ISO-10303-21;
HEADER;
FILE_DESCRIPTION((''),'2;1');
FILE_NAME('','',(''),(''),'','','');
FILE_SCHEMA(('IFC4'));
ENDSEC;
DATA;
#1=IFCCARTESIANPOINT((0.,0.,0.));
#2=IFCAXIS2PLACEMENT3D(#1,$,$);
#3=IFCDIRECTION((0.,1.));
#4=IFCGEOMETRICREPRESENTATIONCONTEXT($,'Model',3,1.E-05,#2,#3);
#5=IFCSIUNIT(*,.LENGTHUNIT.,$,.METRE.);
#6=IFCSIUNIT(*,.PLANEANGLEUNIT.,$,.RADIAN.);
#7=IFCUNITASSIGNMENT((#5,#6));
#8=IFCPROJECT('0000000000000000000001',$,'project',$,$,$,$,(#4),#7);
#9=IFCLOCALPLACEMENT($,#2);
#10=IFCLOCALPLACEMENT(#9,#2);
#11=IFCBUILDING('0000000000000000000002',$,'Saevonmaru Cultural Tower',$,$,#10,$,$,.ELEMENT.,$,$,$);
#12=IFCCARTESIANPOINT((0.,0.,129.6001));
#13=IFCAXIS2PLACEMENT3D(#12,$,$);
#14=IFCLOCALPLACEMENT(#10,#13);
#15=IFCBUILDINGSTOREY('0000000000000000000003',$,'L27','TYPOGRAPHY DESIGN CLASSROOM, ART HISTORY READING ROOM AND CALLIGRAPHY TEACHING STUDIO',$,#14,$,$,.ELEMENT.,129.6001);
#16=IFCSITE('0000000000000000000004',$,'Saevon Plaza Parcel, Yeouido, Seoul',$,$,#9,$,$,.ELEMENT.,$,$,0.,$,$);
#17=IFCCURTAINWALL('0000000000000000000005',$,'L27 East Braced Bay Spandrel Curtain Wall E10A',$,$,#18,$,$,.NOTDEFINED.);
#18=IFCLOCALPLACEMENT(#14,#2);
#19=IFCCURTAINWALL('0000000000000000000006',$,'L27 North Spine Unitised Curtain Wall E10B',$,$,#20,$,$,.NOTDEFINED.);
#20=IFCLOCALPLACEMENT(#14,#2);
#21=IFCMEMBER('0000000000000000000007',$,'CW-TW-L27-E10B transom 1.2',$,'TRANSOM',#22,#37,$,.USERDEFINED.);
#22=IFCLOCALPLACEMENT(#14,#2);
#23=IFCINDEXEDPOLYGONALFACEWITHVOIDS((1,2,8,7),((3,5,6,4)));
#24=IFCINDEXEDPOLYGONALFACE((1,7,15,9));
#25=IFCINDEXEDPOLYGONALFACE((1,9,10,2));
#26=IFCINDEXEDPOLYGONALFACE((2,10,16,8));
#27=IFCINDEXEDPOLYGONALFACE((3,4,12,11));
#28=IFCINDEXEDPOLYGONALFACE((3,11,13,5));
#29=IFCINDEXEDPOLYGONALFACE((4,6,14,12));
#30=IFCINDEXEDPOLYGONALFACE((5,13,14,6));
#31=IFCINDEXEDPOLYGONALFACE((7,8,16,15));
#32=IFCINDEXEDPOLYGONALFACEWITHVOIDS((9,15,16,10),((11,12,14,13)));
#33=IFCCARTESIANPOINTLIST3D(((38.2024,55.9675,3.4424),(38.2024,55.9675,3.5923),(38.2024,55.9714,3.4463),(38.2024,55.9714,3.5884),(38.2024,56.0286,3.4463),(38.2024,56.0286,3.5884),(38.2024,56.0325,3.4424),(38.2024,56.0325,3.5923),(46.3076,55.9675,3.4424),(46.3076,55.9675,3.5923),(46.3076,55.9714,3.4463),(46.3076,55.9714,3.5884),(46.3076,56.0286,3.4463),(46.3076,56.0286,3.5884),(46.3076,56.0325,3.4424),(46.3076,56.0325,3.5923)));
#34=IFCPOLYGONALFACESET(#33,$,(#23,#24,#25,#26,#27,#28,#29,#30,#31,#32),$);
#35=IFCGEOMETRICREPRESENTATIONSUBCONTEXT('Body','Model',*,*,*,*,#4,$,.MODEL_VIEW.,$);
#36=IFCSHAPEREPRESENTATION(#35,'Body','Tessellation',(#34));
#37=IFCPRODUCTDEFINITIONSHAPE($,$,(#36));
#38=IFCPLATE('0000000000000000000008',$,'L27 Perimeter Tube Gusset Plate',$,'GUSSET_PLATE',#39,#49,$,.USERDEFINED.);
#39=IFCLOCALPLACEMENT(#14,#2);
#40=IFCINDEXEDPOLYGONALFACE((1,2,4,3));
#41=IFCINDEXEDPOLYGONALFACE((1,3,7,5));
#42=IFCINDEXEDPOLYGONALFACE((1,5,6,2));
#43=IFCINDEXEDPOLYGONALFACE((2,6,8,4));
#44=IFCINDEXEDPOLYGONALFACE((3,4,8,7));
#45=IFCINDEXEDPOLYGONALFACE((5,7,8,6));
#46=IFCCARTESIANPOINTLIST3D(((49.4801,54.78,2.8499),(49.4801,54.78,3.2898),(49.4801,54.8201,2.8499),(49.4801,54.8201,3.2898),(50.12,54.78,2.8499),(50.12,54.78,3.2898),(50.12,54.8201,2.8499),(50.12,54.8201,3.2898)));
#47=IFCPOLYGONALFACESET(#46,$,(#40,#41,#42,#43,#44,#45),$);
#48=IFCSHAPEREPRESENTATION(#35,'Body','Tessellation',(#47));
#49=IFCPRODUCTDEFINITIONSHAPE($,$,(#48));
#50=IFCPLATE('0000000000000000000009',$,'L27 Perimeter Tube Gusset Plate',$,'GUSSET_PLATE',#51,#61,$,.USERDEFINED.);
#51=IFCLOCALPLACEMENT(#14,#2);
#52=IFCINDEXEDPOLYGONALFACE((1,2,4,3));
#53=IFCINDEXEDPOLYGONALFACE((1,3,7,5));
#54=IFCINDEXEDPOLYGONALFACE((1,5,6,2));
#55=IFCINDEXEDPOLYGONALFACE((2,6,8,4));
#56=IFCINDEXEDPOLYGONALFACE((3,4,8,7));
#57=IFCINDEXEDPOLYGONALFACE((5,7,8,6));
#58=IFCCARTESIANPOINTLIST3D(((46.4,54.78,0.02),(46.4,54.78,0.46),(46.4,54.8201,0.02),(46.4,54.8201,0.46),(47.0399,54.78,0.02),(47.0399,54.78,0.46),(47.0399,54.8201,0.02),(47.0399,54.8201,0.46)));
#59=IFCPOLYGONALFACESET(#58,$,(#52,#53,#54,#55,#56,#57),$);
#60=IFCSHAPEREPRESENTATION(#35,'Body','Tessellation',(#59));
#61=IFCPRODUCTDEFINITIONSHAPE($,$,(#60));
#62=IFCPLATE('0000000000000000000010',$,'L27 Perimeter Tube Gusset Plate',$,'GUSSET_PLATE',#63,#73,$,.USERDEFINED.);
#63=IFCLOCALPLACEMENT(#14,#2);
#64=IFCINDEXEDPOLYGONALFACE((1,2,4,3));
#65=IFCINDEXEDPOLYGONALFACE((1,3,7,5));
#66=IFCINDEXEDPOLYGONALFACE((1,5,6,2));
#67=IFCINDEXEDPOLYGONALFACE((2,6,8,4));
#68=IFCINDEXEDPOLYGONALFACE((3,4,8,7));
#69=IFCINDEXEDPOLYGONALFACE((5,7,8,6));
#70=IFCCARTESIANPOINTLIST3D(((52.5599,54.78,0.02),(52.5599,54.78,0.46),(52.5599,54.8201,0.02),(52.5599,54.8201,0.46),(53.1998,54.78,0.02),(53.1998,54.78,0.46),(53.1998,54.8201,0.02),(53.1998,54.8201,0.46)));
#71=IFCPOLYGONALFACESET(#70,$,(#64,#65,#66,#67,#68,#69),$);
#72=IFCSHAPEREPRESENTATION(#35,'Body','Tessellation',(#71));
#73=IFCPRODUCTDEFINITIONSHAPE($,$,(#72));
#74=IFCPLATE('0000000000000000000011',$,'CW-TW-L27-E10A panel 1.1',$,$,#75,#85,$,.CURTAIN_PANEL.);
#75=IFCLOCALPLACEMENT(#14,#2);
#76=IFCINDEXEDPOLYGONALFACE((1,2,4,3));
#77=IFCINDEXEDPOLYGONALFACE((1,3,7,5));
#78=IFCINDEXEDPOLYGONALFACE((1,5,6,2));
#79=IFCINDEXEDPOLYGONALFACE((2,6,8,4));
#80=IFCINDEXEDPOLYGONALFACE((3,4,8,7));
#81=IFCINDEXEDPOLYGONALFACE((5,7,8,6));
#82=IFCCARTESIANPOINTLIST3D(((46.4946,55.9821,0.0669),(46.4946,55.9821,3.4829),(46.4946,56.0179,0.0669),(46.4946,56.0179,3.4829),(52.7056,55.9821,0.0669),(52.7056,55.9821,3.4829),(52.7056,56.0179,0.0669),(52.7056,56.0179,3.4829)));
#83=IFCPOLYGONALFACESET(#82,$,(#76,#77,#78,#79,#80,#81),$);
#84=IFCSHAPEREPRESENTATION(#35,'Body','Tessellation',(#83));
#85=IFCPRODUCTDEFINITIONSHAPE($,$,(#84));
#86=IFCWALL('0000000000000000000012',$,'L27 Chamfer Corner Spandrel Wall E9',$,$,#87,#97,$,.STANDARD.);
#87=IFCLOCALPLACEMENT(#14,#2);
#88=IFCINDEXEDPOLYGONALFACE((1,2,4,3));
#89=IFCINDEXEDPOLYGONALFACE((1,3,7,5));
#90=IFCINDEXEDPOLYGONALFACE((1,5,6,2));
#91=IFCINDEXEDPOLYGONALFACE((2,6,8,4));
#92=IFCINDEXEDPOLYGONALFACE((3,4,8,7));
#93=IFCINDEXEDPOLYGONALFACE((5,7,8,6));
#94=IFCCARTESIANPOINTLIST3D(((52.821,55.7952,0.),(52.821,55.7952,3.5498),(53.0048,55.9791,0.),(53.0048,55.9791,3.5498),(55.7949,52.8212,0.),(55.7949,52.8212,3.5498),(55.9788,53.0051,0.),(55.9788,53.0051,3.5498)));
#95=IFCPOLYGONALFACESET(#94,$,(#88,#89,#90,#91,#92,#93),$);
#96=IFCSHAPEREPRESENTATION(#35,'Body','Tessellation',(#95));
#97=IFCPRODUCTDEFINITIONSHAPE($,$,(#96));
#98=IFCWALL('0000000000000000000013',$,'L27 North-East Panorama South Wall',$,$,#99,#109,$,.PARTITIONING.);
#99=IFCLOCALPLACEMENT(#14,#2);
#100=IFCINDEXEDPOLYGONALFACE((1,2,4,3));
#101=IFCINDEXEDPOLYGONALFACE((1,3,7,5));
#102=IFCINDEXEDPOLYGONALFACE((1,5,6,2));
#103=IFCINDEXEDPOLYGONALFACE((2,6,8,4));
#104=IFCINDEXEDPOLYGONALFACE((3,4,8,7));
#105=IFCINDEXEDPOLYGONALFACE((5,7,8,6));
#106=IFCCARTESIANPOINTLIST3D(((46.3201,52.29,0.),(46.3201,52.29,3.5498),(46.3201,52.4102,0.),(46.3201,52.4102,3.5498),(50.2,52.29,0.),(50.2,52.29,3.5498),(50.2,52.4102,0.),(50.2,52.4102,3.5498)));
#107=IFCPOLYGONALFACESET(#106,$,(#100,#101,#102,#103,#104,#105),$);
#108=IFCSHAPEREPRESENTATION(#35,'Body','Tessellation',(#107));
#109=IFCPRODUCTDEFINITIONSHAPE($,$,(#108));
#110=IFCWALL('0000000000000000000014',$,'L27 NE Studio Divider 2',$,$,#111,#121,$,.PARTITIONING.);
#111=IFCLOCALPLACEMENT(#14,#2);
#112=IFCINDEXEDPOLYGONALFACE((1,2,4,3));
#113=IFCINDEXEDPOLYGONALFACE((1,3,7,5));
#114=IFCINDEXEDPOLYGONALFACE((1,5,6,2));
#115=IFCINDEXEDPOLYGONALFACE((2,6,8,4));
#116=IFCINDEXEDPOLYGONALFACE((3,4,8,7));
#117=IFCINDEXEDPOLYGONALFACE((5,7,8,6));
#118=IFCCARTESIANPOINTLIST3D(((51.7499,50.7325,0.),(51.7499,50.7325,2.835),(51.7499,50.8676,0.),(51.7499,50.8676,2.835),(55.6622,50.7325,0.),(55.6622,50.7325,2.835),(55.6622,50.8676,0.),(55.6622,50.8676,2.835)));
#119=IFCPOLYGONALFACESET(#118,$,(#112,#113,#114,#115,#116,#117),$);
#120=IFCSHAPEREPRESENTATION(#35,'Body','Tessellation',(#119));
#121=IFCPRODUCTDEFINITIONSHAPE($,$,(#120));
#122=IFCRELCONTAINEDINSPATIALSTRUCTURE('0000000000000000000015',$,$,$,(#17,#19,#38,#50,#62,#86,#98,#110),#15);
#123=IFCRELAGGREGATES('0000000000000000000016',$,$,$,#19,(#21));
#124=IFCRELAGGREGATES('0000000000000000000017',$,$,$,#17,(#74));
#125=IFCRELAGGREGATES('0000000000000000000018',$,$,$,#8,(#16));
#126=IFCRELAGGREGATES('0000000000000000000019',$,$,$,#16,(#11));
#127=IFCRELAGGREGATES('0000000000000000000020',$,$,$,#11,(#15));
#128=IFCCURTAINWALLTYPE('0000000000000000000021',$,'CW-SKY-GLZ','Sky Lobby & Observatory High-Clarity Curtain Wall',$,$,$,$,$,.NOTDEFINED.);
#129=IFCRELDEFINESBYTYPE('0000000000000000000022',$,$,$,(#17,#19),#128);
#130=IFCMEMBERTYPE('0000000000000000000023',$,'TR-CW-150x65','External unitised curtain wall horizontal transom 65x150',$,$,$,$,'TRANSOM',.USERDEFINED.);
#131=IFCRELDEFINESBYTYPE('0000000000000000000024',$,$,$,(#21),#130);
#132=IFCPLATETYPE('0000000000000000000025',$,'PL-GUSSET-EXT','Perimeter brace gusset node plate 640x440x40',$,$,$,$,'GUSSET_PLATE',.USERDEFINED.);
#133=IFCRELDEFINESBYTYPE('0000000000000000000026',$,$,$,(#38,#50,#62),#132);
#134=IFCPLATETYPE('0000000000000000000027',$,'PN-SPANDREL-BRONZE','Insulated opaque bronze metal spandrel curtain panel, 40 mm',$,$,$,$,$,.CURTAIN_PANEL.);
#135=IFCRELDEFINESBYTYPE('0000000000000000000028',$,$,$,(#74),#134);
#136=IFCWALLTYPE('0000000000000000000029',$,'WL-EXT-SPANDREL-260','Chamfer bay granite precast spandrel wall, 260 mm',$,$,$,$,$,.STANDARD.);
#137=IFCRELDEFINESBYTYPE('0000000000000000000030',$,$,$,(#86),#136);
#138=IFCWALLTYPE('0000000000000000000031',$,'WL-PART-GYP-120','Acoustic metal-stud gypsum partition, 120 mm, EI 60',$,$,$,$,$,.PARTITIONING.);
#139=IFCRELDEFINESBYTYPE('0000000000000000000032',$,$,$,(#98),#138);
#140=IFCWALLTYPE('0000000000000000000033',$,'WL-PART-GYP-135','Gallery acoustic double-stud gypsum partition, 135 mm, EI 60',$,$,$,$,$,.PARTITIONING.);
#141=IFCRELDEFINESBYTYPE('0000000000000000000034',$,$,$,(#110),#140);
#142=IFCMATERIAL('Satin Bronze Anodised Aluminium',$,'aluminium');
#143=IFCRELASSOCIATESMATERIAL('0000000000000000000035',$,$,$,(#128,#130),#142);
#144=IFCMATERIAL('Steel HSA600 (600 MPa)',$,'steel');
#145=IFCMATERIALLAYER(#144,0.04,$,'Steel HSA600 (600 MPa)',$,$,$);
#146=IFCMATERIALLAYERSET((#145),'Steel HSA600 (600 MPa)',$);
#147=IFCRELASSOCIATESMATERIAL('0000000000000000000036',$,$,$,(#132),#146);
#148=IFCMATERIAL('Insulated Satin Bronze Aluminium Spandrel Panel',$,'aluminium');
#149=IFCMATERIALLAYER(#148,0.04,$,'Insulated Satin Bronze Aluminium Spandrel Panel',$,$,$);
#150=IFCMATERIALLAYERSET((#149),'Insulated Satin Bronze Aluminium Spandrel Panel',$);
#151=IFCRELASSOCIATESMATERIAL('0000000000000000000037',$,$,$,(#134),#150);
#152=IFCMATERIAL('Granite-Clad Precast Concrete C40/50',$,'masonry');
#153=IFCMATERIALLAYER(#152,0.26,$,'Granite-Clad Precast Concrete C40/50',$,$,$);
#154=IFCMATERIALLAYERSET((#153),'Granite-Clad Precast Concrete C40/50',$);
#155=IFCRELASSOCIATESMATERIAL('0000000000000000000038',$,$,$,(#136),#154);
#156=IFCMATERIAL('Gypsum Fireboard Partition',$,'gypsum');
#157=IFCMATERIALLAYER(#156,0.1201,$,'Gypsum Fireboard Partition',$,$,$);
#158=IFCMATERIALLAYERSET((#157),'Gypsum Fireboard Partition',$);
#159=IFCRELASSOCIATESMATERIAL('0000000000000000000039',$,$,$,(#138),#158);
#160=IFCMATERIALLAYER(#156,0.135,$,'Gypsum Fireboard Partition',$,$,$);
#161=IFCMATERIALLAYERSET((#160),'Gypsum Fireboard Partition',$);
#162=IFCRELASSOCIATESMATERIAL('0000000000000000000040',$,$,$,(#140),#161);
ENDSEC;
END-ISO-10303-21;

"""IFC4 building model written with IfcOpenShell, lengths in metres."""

from ifc_helpers import new_model, si_unit, direction, frame, frame_2d, origin, origin_2d, place, context, subcontext, project, spatial, rectangle, hollow_rectangle, extrude, material, layer, layer_set, material_profile, profile_set, type_object, element, aggregate, save


model = new_model("IFC4")

# Units and contexts
model_context = context("Model", 3, precision=1e-05, world=origin(), true_north=direction((0.0, 1.0)))
body_context = subcontext(model_context, "Body", "Model", "MODEL_VIEW")
ifc_project = project(units=[si_unit("LENGTHUNIT", "METRE"), si_unit("PLANEANGLEUNIT", "RADIAN")], contexts=[model_context])

# Site, building, storey
site_placement = place(None, origin())
site = spatial("IfcSite", under=ifc_project, at=site_placement, Name="Saevon Plaza Parcel, Yeouido, Seoul", CompositionType="ELEMENT", RefElevation=0.0)
building_placement = place(site_placement, origin())
building = spatial("IfcBuilding", under=site, at=building_placement, Name="Saevonmaru Cultural Tower", CompositionType="ELEMENT")
storey_placement = place(building_placement, frame((0.0, 0.0, 129.6001)))
storey = spatial("IfcBuildingStorey", under=building, at=storey_placement, Name="L27", Description="TYPOGRAPHY DESIGN CLASSROOM, ART HISTORY READING ROOM AND CALLIGRAPHY TEACHING STUDIO", CompositionType="ELEMENT", Elevation=129.6001)

# Shared definitions
ifc_material_1 = material(Name="Satin Bronze Anodised Aluminium", Category="aluminium")
curtain_wall_type = type_object("IfcCurtainWallType", Name="CW-SKY-GLZ", Description="Sky Lobby & Observatory High-Clarity Curtain Wall", PredefinedType="NOTDEFINED", material=ifc_material_1)

# Curtain wall
curtain_wall_1_placement = place(storey_placement, origin())
curtain_wall_1 = element("IfcCurtainWall", 1, at=curtain_wall_1_placement, inside=storey, type_object=curtain_wall_type, Name="L27 East Braced Bay Spandrel Curtain Wall E10A", PredefinedType="NOTDEFINED")

# Curtain wall
curtain_wall_2_placement = place(storey_placement, origin())
curtain_wall_2 = element("IfcCurtainWall", 2, at=curtain_wall_2_placement, inside=storey, type_object=curtain_wall_type, Name="L27 North Spine Unitised Curtain Wall E10B", PredefinedType="NOTDEFINED")

# Member
ifc_material_profile_1 = material_profile(ifc_material_1, hollow_rectangle(XDim=0.0649, YDim=0.1499, WallThickness=0.0039, at=origin_2d()), Name="ALU-TRAN-150x65x4")
ifc_profile_set_1 = profile_set([ifc_material_profile_1], Name="Satin Bronze Anodised Aluminium")
member_type_1 = type_object("IfcMemberType", Name="TR-CW-150x65", Description="External unitised curtain wall horizontal transom 65x150", ElementType="TRANSOM", PredefinedType="USERDEFINED", material=ifc_profile_set_1)
member_1_placement = place(storey_placement, frame((46.3076, 56.0, 3.5173), z_axis=(-1.0, 0.0, 0.0), x_axis=(0.0, -1.0, 0.0)))
member_1 = element("IfcMember", 3, at=member_1_placement, type_object=member_type_1, Name="CW-TW-L27-E10B transom 1.2", ObjectType="TRANSOM", PredefinedType="USERDEFINED", context=body_context, shape_type="SweptSolid", body=[
    extrude(hollow_rectangle(XDim=0.0649, YDim=0.1499, WallThickness=0.0039, at=origin_2d()), origin(), (0.0, 0.0, 1.0), 8.1052),
])
aggregate(curtain_wall_2, [member_1])

# Plates
ifc_material_2 = material(Name="Steel HSA600 (600 MPa)", Category="steel")
ifc_layer_1 = layer(ifc_material_2, 0.04, Name="Steel HSA600 (600 MPa)")
ifc_layer_set_1 = layer_set([ifc_layer_1], Name="Steel HSA600 (600 MPa)")
plate_type_1 = type_object("IfcPlateType", Name="PL-GUSSET-EXT", Description="Perimeter brace gusset node plate 640x440x40", ElementType="GUSSET_PLATE", PredefinedType="USERDEFINED", material=ifc_layer_set_1)
for number, where, z_axis, x_axis, name in (
    (4, (49.8, 54.8, 2.8499), (0.0, 0.0, 1.0), (1.0, 0.0, 0.0), "L27 Perimeter Tube Gusset Plate"),
    (5, (46.72, 54.8, 0.02), (0.0, 0.0, 1.0), (1.0, 0.0, 0.0), "L27 Perimeter Tube Gusset Plate"),
    (6, (52.8799, 54.8, 0.02), (0.0, 0.0, 1.0), (1.0, 0.0, 0.0), "L27 Perimeter Tube Gusset Plate"),
):
    element("IfcPlate", number, at=place(storey_placement, frame(where, z_axis=z_axis, x_axis=x_axis)), inside=storey, type_object=plate_type_1, Name=name, ObjectType="GUSSET_PLATE", PredefinedType="USERDEFINED", context=body_context, shape_type="SweptSolid", body=[
        extrude(rectangle(XDim=0.6399, YDim=0.04, at=origin_2d()), origin(), (0.0, 0.0, 1.0), 0.4399),
    ])

# Plate
ifc_material_3 = material(Name="Insulated Satin Bronze Aluminium Spandrel Panel", Category="aluminium")
ifc_layer_2 = layer(ifc_material_3, 0.04, Name="Insulated Satin Bronze Aluminium Spandrel Panel")
ifc_layer_set_2 = layer_set([ifc_layer_2], Name="Insulated Satin Bronze Aluminium Spandrel Panel")
plate_type_2 = type_object("IfcPlateType", Name="PN-SPANDREL-BRONZE", Description="Insulated opaque bronze metal spandrel curtain panel, 40 mm", PredefinedType="CURTAIN_PANEL", material=ifc_layer_set_2)
plate_placement = place(storey_placement, frame((49.6001, 56.0, 0.0669), z_axis=(0.0, 0.0, 1.0), x_axis=(-1.0, 0.0, 0.0)))
plate = element("IfcPlate", 7, at=plate_placement, type_object=plate_type_2, Name="CW-TW-L27-E10A panel 1.1", PredefinedType="CURTAIN_PANEL", context=body_context, shape_type="SweptSolid", body=[
    extrude(rectangle(XDim=6.2109, YDim=0.0359, at=origin_2d()), origin(), (0.0, 0.0, 1.0), 3.416),
])
aggregate(curtain_wall_1, [plate])

# Wall
ifc_material_4 = material(Name="Granite-Clad Precast Concrete C40/50", Category="masonry")
ifc_layer_3 = layer(ifc_material_4, 0.26, Name="Granite-Clad Precast Concrete C40/50")
ifc_layer_set_3 = layer_set([ifc_layer_3], Name="Granite-Clad Precast Concrete C40/50")
wall_type_1 = type_object("IfcWallType", Name="WL-EXT-SPANDREL-260", Description="Chamfer bay granite precast spandrel wall, 260 mm", PredefinedType="STANDARD", material=ifc_layer_set_3)
wall_1_placement = place(storey_placement, frame((55.887, 52.9131, 0.0), z_axis=(0.0, 0.0, 1.0), x_axis=(-0.707107, 0.707107, 0.0)))
element("IfcWall", 8, at=wall_1_placement, inside=storey, type_object=wall_type_1, Name="L27 Chamfer Corner Spandrel Wall E9", PredefinedType="STANDARD", context=body_context, shape_type="SweptSolid", body=[
    extrude(rectangle(XDim=4.2058, YDim=0.26, at=frame_2d((2.103, 0.0))), origin(), (0.0, 0.0, 1.0), 3.5498),
])

# Shared definitions
ifc_material_5 = material(Name="Gypsum Fireboard Partition", Category="gypsum")

# Wall
ifc_layer_4 = layer(ifc_material_5, 0.1201, Name="Gypsum Fireboard Partition")
ifc_layer_set_4 = layer_set([ifc_layer_4], Name="Gypsum Fireboard Partition")
wall_type_2 = type_object("IfcWallType", Name="WL-PART-GYP-120", Description="Acoustic metal-stud gypsum partition, 120 mm, EI 60", PredefinedType="PARTITIONING", material=ifc_layer_set_4)
wall_2_placement = place(storey_placement, frame((46.3201, 52.3501, 0.0), z_axis=(0.0, 0.0, 1.0), x_axis=(1.0, 0.0, 0.0)))
element("IfcWall", 9, at=wall_2_placement, inside=storey, type_object=wall_type_2, Name="L27 North-East Panorama South Wall", PredefinedType="PARTITIONING", context=body_context, shape_type="SweptSolid", body=[
    extrude(rectangle(XDim=3.8799, YDim=0.1201, at=frame_2d((1.9399, 0.0))), origin(), (0.0, 0.0, 1.0), 3.5498),
])

# Wall
ifc_layer_5 = layer(ifc_material_5, 0.135, Name="Gypsum Fireboard Partition")
ifc_layer_set_5 = layer_set([ifc_layer_5], Name="Gypsum Fireboard Partition")
wall_type_3 = type_object("IfcWallType", Name="WL-PART-GYP-135", Description="Gallery acoustic double-stud gypsum partition, 135 mm, EI 60", PredefinedType="PARTITIONING", material=ifc_layer_set_5)
wall_3_placement = place(storey_placement, frame((51.75, 50.8, 0.0), z_axis=(0.0, 0.0, 1.0), x_axis=(1.0, 0.0, 0.0)))
element("IfcWall", 10, at=wall_3_placement, inside=storey, type_object=wall_type_3, Name="L27 NE Studio Divider 2", PredefinedType="PARTITIONING", context=body_context, shape_type="SweptSolid", body=[
    extrude(rectangle(XDim=3.9124, YDim=0.135, at=frame_2d((1.9561, 0.0))), origin(), (0.0, 0.0, 1.0), 2.835),
])

save(model, "model.ifc")
